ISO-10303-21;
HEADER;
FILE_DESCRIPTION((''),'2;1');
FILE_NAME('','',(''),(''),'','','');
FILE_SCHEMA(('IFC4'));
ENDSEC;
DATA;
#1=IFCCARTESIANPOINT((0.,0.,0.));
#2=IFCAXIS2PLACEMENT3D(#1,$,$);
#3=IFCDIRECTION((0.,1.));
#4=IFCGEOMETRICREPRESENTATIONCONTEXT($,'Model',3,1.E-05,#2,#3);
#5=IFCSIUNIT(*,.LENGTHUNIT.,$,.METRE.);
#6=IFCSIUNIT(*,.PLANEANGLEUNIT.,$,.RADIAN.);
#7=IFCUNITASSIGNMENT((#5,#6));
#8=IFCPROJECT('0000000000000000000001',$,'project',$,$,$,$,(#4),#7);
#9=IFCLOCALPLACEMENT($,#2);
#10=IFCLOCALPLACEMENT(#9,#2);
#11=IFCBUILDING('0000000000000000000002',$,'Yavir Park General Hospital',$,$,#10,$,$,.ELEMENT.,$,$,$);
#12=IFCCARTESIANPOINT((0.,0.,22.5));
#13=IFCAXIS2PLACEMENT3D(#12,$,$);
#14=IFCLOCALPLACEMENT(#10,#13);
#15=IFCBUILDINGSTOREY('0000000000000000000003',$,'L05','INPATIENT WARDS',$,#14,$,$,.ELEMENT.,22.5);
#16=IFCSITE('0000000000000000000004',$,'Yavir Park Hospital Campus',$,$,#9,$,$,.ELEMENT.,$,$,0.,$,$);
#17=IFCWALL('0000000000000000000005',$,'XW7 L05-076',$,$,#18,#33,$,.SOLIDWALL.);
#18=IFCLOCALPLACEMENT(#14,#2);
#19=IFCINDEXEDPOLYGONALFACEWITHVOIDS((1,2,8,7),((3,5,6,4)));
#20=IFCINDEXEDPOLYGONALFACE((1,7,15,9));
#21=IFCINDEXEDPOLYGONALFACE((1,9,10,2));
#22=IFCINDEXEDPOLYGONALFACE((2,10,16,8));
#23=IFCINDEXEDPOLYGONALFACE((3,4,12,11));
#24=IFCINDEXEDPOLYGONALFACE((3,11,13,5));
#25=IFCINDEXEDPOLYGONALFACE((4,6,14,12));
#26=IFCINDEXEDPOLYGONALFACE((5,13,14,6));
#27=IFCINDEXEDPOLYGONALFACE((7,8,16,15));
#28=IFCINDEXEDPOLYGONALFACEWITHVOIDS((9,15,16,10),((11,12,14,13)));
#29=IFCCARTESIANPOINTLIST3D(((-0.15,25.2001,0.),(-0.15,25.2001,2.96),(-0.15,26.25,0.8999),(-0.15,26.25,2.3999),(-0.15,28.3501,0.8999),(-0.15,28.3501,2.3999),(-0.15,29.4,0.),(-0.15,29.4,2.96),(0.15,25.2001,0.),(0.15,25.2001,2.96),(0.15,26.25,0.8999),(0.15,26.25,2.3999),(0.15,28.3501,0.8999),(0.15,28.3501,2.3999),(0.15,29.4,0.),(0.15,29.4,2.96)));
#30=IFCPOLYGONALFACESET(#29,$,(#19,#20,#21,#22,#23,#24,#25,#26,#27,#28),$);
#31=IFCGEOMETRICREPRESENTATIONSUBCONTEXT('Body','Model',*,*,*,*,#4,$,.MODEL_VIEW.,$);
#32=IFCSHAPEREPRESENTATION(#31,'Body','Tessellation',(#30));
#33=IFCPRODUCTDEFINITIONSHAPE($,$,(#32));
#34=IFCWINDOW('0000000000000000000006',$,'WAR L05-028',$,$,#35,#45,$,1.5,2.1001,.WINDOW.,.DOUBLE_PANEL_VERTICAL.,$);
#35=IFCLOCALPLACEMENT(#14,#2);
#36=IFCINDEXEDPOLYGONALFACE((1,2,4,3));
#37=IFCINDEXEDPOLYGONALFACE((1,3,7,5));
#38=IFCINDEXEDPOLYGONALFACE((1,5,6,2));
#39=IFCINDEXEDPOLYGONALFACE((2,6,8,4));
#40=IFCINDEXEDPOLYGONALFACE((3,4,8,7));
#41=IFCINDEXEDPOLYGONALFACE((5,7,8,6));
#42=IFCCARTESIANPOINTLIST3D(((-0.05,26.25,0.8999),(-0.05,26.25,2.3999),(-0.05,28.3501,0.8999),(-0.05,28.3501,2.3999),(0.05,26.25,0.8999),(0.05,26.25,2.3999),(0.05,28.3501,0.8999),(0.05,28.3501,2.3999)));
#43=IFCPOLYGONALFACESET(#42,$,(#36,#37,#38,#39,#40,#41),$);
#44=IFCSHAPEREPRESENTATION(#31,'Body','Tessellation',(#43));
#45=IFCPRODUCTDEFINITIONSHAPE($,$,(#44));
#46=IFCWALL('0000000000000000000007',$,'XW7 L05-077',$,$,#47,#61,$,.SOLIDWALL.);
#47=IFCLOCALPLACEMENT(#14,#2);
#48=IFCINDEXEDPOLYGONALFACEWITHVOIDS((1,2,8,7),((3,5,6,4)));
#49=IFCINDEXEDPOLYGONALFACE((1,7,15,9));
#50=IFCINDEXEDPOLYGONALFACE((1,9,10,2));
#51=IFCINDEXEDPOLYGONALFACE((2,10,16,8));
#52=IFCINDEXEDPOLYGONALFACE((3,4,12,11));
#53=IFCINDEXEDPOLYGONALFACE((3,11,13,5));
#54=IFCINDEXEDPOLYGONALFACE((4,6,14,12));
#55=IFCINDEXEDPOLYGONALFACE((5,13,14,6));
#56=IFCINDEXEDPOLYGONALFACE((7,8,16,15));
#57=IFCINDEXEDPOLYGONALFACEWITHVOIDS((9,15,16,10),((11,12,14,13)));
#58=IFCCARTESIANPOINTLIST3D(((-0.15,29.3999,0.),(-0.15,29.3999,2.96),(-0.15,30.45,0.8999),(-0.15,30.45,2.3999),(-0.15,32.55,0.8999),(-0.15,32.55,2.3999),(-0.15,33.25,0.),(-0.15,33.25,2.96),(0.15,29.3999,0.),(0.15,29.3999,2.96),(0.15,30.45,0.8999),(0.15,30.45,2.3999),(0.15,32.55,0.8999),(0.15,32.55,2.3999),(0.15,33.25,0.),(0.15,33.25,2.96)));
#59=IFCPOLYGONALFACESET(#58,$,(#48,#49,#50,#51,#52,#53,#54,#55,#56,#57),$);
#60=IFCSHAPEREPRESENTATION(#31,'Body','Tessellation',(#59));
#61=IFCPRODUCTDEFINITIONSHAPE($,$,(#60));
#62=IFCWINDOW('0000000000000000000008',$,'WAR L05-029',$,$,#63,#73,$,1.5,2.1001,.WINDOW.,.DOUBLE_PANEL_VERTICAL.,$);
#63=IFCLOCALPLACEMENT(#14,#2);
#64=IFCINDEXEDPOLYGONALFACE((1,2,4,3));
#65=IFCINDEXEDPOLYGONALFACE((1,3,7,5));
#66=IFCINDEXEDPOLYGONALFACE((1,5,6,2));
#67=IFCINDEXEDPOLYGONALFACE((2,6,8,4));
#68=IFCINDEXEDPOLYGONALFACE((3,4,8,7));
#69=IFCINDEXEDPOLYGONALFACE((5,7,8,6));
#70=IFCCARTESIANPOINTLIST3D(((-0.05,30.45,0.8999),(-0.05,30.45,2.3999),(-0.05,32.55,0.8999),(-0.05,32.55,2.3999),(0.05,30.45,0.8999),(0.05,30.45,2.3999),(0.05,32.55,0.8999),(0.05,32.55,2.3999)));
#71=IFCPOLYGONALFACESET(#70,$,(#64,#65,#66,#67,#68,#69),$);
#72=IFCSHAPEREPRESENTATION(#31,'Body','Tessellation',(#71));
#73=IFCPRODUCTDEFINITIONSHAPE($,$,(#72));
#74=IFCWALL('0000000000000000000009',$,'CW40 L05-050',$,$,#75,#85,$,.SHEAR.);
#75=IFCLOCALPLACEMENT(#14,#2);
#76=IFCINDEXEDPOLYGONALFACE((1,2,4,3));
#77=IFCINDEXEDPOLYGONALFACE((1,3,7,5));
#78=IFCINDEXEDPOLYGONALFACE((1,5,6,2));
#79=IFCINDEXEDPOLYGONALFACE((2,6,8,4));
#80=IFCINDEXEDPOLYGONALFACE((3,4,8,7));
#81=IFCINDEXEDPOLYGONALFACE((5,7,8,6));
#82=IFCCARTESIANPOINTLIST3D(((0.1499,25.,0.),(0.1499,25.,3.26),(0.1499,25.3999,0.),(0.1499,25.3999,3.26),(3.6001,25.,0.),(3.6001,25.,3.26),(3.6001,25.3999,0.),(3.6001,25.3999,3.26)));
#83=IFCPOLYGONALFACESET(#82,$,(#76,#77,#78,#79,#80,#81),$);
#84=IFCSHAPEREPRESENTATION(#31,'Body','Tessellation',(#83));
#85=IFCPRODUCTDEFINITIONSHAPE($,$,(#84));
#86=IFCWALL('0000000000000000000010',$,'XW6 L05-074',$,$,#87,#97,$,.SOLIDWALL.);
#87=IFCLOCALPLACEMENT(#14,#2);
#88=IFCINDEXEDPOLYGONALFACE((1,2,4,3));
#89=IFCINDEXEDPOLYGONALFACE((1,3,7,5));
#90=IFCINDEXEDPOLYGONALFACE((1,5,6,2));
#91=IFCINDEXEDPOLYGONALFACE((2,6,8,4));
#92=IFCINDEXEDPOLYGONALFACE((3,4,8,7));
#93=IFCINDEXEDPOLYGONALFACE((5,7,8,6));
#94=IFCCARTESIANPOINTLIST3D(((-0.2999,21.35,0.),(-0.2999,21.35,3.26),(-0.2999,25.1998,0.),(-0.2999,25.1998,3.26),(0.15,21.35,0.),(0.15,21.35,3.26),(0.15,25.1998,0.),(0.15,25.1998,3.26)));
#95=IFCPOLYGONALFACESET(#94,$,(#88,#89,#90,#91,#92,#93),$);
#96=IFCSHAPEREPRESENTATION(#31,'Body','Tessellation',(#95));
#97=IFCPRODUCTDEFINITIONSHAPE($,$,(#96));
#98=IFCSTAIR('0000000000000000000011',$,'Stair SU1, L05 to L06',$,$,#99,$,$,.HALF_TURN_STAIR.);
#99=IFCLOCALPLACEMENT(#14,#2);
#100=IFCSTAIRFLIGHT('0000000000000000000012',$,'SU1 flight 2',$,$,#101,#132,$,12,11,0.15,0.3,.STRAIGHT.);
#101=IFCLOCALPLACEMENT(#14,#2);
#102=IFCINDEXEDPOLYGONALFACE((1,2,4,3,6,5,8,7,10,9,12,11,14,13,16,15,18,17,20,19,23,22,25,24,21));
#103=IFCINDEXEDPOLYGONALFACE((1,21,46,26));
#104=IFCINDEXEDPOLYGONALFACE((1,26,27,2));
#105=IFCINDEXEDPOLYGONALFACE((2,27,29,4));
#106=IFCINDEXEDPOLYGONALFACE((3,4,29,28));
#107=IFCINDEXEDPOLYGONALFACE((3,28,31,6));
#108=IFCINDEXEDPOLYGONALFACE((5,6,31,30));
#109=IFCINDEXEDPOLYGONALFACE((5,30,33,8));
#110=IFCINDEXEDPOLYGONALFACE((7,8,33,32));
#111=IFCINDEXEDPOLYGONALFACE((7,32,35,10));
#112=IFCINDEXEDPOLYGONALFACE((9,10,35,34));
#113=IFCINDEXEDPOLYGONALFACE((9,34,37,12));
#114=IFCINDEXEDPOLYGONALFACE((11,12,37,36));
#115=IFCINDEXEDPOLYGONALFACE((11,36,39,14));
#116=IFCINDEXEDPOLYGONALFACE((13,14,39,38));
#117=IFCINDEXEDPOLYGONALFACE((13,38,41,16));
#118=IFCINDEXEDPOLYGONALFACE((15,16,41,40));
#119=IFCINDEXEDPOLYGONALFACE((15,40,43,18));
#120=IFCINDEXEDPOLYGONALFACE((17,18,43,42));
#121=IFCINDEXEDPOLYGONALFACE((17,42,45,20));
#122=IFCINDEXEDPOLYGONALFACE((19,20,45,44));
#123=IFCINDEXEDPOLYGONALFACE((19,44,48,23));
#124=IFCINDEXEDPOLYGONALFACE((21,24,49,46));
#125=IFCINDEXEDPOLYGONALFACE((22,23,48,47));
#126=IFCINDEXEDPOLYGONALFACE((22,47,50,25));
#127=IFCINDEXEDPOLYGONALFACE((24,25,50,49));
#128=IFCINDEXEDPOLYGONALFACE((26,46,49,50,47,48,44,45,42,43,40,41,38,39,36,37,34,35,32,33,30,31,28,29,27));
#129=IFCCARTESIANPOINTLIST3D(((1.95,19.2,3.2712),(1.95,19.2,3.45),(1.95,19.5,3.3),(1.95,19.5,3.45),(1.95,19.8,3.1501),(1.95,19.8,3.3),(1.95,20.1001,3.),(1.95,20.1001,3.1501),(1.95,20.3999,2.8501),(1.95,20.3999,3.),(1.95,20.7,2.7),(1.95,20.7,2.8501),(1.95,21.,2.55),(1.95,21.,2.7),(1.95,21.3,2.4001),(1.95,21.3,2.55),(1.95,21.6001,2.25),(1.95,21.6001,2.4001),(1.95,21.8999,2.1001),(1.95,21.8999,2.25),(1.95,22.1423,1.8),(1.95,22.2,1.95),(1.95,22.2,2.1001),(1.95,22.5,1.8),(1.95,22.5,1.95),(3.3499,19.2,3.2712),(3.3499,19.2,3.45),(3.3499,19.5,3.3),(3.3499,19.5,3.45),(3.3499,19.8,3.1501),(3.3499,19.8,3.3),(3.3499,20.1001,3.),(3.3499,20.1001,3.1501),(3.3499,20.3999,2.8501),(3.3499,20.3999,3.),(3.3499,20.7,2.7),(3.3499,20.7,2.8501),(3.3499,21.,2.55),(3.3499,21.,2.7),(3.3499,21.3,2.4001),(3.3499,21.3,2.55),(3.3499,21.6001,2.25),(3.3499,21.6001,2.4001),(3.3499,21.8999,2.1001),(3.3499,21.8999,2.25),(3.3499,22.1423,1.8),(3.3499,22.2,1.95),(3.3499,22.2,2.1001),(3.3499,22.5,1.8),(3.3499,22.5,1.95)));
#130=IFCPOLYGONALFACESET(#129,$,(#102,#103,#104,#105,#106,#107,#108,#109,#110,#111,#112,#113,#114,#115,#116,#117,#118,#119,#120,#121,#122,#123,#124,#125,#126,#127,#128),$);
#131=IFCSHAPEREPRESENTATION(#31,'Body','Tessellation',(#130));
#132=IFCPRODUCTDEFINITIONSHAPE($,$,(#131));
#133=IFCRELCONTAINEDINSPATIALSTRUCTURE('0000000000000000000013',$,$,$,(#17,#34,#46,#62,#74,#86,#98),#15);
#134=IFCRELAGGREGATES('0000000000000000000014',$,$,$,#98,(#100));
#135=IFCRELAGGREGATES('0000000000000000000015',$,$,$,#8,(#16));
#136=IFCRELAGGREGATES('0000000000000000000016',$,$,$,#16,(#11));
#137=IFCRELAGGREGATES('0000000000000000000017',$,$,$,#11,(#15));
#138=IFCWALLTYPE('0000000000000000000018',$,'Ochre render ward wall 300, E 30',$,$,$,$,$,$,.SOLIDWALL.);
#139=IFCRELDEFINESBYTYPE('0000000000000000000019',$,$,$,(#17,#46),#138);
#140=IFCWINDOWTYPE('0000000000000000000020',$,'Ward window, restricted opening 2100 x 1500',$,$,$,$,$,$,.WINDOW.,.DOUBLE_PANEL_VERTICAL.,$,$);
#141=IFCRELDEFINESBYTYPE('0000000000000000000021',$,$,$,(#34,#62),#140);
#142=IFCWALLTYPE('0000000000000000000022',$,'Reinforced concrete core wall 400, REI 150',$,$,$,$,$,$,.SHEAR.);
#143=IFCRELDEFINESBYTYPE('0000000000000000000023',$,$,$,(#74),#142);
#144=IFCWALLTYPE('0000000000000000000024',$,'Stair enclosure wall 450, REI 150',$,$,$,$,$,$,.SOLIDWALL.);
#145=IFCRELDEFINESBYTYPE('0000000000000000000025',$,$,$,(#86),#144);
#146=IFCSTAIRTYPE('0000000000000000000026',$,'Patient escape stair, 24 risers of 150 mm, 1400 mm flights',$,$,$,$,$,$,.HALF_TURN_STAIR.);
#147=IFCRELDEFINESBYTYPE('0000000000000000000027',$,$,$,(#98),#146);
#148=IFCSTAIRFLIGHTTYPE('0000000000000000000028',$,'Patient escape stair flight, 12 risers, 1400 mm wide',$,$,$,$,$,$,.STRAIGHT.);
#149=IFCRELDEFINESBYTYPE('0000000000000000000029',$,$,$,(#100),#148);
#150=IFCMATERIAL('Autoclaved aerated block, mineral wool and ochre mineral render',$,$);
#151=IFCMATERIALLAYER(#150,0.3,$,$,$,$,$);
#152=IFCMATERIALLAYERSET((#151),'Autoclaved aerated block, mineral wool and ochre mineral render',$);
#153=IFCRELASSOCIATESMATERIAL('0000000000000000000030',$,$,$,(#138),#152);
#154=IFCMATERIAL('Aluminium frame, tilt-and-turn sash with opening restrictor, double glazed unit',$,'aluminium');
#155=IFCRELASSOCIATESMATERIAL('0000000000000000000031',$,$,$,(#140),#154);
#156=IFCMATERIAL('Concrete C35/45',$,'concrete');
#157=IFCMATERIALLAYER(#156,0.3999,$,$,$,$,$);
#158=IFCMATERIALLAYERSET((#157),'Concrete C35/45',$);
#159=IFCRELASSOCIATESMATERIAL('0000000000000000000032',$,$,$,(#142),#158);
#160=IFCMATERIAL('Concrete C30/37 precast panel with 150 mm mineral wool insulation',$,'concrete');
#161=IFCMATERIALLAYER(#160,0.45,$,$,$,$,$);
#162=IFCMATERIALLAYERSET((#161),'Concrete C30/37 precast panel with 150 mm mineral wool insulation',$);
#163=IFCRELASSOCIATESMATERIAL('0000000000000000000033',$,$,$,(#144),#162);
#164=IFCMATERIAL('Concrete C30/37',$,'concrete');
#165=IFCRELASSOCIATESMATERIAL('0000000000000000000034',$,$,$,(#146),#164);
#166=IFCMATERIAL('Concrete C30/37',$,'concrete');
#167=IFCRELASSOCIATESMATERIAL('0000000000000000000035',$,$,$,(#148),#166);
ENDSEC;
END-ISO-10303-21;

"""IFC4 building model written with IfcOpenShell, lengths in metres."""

from ifc_helpers import new_model, si_unit, direction, frame, frame_2d, origin, place, context, subcontext, project, spatial, polyline, rectangle, outline, extrude, material, layer, layer_set, type_object, element, fill, aggregate, save


model = new_model("IFC4")

# Units and contexts
model_context = context("Model", 3, precision=1e-05, world=origin(), true_north=direction((0.0, 1.0)))
body_context = subcontext(model_context, "Body", "Model", "MODEL_VIEW")
ifc_project = project(units=[si_unit("LENGTHUNIT", "METRE"), si_unit("PLANEANGLEUNIT", "RADIAN")], contexts=[model_context])

# Site, building, storey
site_placement = place(None, origin())
site = spatial("IfcSite", under=ifc_project, at=site_placement, Name="Yavir Park Hospital Campus", CompositionType="ELEMENT", RefElevation=0.0)
building_placement = place(site_placement, origin())
building = spatial("IfcBuilding", under=site, at=building_placement, Name="Yavir Park General Hospital", CompositionType="ELEMENT")
storey_placement = place(building_placement, frame((0.0, 0.0, 22.5)))
storey = spatial("IfcBuildingStorey", under=building, at=storey_placement, Name="L05", Description="INPATIENT WARDS", CompositionType="ELEMENT", Elevation=22.5)

# Walls, openings, windows
ifc_material_1 = material(Name="Autoclaved aerated block, mineral wool and ochre mineral render")
ifc_layer_1 = layer(ifc_material_1, 0.3)
ifc_layer_set_1 = layer_set([ifc_layer_1], Name="Autoclaved aerated block, mineral wool and ochre mineral render")
wall_type_1 = type_object("IfcWallType", Name="Ochre render ward wall 300, E 30", PredefinedType="SOLIDWALL", material=ifc_layer_set_1)
wall_1_placement = place(storey_placement, frame((0.0, 25.2, 0.0), z_axis=(0.0, 0.0, 1.0), x_axis=(0.0, 1.0, 0.0)))
wall_1 = element("IfcWall", 1, at=wall_1_placement, inside=storey, type_object=wall_type_1, Name="XW7 L05-076", PredefinedType="SOLIDWALL", context=body_context, shape_type="SweptSolid", body=[
    extrude(rectangle(XDim=4.2, YDim=0.3, at=frame_2d((2.1001, 0.0))), origin(), (0.0, 0.0, 1.0), 2.96),
])
opening_1_placement = place(wall_1_placement, frame((1.05, 0.0, 0.8999)))
opening_1 = element("IfcOpeningElement", 2, at=opening_1_placement, cuts=wall_1, PredefinedType="OPENING", context=body_context, shape_type="SweptSolid", body=[
    extrude(rectangle(XDim=2.1001, YDim=1.5, at=frame_2d((1.05, 0.75))), frame((0.0, 0.1599, 0.0), z_axis=(0.0, -1.0, 0.0), x_axis=(1.0, 0.0, 0.0)), (0.0, 0.0, 1.0), 0.3201),
])
ifc_material_2 = material(Name="Aluminium frame, tilt-and-turn sash with opening restrictor, double glazed unit", Category="aluminium")
window_type = type_object("IfcWindowType", Name="Ward window, restricted opening 2100 x 1500", PartitioningType="DOUBLE_PANEL_VERTICAL", PredefinedType="WINDOW", material=ifc_material_2)
window_1_placement = place(opening_1_placement, origin())
window_1 = element("IfcWindow", 3, at=window_1_placement, inside=storey, type_object=window_type, Name="WAR L05-028", OverallHeight=1.5, OverallWidth=2.1001, PartitioningType="DOUBLE_PANEL_VERTICAL", PredefinedType="WINDOW", context=body_context, shape_type="SweptSolid", body=[
    extrude(rectangle(XDim=2.1001, YDim=1.5, at=frame_2d((1.05, 0.75))), frame((0.0, 0.05, 0.0), z_axis=(0.0, -1.0, 0.0), x_axis=(1.0, 0.0, 0.0)), (0.0, 0.0, 1.0), 0.1001),
])
fill(opening_1, window_1)
wall_2_placement = place(storey_placement, frame((0.0, 29.3999, 0.0), z_axis=(0.0, 0.0, 1.0), x_axis=(0.0, 1.0, 0.0)))
wall_2 = element("IfcWall", 4, at=wall_2_placement, inside=storey, type_object=wall_type_1, Name="XW7 L05-077", PredefinedType="SOLIDWALL", context=body_context, shape_type="SweptSolid", body=[
    extrude(rectangle(XDim=3.8501, YDim=0.3, at=frame_2d((1.925, 0.0))), origin(), (0.0, 0.0, 1.0), 2.96),
])
opening_2_placement = place(wall_2_placement, frame((1.05, 0.0, 0.8999)))
opening_2 = element("IfcOpeningElement", 5, at=opening_2_placement, cuts=wall_2, PredefinedType="OPENING", context=body_context, shape_type="SweptSolid", body=[
    extrude(rectangle(XDim=2.1001, YDim=1.5, at=frame_2d((1.05, 0.75))), frame((0.0, 0.1599, 0.0), z_axis=(0.0, -1.0, 0.0), x_axis=(1.0, 0.0, 0.0)), (0.0, 0.0, 1.0), 0.3201),
])
window_2_placement = place(opening_2_placement, origin())
window_2 = element("IfcWindow", 6, at=window_2_placement, inside=storey, type_object=window_type, Name="WAR L05-029", OverallHeight=1.5, OverallWidth=2.1001, PartitioningType="DOUBLE_PANEL_VERTICAL", PredefinedType="WINDOW", context=body_context, shape_type="SweptSolid", body=[
    extrude(rectangle(XDim=2.1001, YDim=1.5, at=frame_2d((1.05, 0.75))), frame((0.0, 0.05, 0.0), z_axis=(0.0, -1.0, 0.0), x_axis=(1.0, 0.0, 0.0)), (0.0, 0.0, 1.0), 0.1001),
])
fill(opening_2, window_2)

# Walls
ifc_material_3 = material(Name="Concrete C35/45", Category="concrete")
ifc_layer_2 = layer(ifc_material_3, 0.3999)
ifc_layer_set_2 = layer_set([ifc_layer_2], Name="Concrete C35/45")
wall_type_2 = type_object("IfcWallType", Name="Reinforced concrete core wall 400, REI 150", PredefinedType="SHEAR", material=ifc_layer_set_2)
wall_3_placement = place(storey_placement, frame((0.1499, 25.2, 0.0), z_axis=(0.0, 0.0, 1.0), x_axis=(1.0, 0.0, 0.0)))
element("IfcWall", 7, at=wall_3_placement, inside=storey, type_object=wall_type_2, Name="CW40 L05-050", PredefinedType="SHEAR", context=body_context, shape_type="SweptSolid", body=[
    extrude(rectangle(XDim=3.4502, YDim=0.3999, at=frame_2d((1.7251, 0.0))), origin(), (0.0, 0.0, 1.0), 3.26),
])
ifc_material_4 = material(Name="Concrete C30/37 precast panel with 150 mm mineral wool insulation", Category="concrete")
ifc_layer_3 = layer(ifc_material_4, 0.45)
ifc_layer_set_3 = layer_set([ifc_layer_3], Name="Concrete C30/37 precast panel with 150 mm mineral wool insulation")
wall_type_3 = type_object("IfcWallType", Name="Stair enclosure wall 450, REI 150", PredefinedType="SOLIDWALL", material=ifc_layer_set_3)
wall_4_placement = place(storey_placement, frame((-0.075, 21.3501, 0.0), z_axis=(0.0, 0.0, 1.0), x_axis=(0.0, 1.0, 0.0)))
element("IfcWall", 8, at=wall_4_placement, inside=storey, type_object=wall_type_3, Name="XW6 L05-074", PredefinedType="SOLIDWALL", context=body_context, shape_type="SweptSolid", body=[
    extrude(rectangle(XDim=3.8499, YDim=0.45, at=frame_2d((1.9248, 0.0))), origin(), (0.0, 0.0, 1.0), 3.26),
])

# Stair, stair flight
ifc_material_5 = material(Name="Concrete C30/37", Category="concrete")
stair_type = type_object("IfcStairType", Name="Patient escape stair, 24 risers of 150 mm, 1400 mm flights", PredefinedType="HALF_TURN_STAIR", material=ifc_material_5)
stair_placement = place(storey_placement, origin())
stair = element("IfcStair", 9, at=stair_placement, inside=storey, type_object=stair_type, Name="Stair SU1, L05 to L06", PredefinedType="HALF_TURN_STAIR")
ifc_material_6 = material(Name="Concrete C30/37", Category="concrete")
stair_flight_type = type_object("IfcStairFlightType", Name="Patient escape stair flight, 12 risers, 1400 mm wide", PredefinedType="STRAIGHT", material=ifc_material_6)
stair_flight_placement = place(storey_placement, frame((2.6499, 22.5, 1.8), z_axis=(0.0, 0.0, 1.0), x_axis=(0.0, -1.0, 0.0)))
stair_flight = element("IfcStairFlight", 10, at=stair_flight_placement, type_object=stair_flight_type, Name="SU1 flight 2", NumberOfRisers=12, NumberOfTreads=11, PredefinedType="STRAIGHT", RiserHeight=0.15, TreadLength=0.3, context=body_context, shape_type="SweptSolid", body=[
    extrude(outline(polyline([(0.0, 0.0), (0.0, 0.1499), (0.3, 0.1499), (0.3, 0.3), (0.6001, 0.3), (0.6001, 0.45), (0.8999, 0.45), (0.8999, 0.6001), (1.2, 0.6001), (1.2, 0.75), (1.5, 0.75), (1.5, 0.8999), (1.8, 0.8999), (1.8, 1.05), (2.1001, 1.05), (2.1001, 1.2), (2.3999, 1.2), (2.3999, 1.3501), (2.7, 1.3501), (2.7, 1.5), (3.0, 1.5), (3.0, 1.6499), (3.3, 1.6499), (3.3, 1.8), (3.3, 1.4712), (0.3577, 0.0), (0.0, 0.0)])), frame((0.0, 0.7, 0.0), z_axis=(0.0, -1.0, 0.0), x_axis=(1.0, 0.0, 0.0)), (0.0, 0.0, 1.0), 1.3999),
])
aggregate(stair, [stair_flight])

save(model, "model.ifc")
